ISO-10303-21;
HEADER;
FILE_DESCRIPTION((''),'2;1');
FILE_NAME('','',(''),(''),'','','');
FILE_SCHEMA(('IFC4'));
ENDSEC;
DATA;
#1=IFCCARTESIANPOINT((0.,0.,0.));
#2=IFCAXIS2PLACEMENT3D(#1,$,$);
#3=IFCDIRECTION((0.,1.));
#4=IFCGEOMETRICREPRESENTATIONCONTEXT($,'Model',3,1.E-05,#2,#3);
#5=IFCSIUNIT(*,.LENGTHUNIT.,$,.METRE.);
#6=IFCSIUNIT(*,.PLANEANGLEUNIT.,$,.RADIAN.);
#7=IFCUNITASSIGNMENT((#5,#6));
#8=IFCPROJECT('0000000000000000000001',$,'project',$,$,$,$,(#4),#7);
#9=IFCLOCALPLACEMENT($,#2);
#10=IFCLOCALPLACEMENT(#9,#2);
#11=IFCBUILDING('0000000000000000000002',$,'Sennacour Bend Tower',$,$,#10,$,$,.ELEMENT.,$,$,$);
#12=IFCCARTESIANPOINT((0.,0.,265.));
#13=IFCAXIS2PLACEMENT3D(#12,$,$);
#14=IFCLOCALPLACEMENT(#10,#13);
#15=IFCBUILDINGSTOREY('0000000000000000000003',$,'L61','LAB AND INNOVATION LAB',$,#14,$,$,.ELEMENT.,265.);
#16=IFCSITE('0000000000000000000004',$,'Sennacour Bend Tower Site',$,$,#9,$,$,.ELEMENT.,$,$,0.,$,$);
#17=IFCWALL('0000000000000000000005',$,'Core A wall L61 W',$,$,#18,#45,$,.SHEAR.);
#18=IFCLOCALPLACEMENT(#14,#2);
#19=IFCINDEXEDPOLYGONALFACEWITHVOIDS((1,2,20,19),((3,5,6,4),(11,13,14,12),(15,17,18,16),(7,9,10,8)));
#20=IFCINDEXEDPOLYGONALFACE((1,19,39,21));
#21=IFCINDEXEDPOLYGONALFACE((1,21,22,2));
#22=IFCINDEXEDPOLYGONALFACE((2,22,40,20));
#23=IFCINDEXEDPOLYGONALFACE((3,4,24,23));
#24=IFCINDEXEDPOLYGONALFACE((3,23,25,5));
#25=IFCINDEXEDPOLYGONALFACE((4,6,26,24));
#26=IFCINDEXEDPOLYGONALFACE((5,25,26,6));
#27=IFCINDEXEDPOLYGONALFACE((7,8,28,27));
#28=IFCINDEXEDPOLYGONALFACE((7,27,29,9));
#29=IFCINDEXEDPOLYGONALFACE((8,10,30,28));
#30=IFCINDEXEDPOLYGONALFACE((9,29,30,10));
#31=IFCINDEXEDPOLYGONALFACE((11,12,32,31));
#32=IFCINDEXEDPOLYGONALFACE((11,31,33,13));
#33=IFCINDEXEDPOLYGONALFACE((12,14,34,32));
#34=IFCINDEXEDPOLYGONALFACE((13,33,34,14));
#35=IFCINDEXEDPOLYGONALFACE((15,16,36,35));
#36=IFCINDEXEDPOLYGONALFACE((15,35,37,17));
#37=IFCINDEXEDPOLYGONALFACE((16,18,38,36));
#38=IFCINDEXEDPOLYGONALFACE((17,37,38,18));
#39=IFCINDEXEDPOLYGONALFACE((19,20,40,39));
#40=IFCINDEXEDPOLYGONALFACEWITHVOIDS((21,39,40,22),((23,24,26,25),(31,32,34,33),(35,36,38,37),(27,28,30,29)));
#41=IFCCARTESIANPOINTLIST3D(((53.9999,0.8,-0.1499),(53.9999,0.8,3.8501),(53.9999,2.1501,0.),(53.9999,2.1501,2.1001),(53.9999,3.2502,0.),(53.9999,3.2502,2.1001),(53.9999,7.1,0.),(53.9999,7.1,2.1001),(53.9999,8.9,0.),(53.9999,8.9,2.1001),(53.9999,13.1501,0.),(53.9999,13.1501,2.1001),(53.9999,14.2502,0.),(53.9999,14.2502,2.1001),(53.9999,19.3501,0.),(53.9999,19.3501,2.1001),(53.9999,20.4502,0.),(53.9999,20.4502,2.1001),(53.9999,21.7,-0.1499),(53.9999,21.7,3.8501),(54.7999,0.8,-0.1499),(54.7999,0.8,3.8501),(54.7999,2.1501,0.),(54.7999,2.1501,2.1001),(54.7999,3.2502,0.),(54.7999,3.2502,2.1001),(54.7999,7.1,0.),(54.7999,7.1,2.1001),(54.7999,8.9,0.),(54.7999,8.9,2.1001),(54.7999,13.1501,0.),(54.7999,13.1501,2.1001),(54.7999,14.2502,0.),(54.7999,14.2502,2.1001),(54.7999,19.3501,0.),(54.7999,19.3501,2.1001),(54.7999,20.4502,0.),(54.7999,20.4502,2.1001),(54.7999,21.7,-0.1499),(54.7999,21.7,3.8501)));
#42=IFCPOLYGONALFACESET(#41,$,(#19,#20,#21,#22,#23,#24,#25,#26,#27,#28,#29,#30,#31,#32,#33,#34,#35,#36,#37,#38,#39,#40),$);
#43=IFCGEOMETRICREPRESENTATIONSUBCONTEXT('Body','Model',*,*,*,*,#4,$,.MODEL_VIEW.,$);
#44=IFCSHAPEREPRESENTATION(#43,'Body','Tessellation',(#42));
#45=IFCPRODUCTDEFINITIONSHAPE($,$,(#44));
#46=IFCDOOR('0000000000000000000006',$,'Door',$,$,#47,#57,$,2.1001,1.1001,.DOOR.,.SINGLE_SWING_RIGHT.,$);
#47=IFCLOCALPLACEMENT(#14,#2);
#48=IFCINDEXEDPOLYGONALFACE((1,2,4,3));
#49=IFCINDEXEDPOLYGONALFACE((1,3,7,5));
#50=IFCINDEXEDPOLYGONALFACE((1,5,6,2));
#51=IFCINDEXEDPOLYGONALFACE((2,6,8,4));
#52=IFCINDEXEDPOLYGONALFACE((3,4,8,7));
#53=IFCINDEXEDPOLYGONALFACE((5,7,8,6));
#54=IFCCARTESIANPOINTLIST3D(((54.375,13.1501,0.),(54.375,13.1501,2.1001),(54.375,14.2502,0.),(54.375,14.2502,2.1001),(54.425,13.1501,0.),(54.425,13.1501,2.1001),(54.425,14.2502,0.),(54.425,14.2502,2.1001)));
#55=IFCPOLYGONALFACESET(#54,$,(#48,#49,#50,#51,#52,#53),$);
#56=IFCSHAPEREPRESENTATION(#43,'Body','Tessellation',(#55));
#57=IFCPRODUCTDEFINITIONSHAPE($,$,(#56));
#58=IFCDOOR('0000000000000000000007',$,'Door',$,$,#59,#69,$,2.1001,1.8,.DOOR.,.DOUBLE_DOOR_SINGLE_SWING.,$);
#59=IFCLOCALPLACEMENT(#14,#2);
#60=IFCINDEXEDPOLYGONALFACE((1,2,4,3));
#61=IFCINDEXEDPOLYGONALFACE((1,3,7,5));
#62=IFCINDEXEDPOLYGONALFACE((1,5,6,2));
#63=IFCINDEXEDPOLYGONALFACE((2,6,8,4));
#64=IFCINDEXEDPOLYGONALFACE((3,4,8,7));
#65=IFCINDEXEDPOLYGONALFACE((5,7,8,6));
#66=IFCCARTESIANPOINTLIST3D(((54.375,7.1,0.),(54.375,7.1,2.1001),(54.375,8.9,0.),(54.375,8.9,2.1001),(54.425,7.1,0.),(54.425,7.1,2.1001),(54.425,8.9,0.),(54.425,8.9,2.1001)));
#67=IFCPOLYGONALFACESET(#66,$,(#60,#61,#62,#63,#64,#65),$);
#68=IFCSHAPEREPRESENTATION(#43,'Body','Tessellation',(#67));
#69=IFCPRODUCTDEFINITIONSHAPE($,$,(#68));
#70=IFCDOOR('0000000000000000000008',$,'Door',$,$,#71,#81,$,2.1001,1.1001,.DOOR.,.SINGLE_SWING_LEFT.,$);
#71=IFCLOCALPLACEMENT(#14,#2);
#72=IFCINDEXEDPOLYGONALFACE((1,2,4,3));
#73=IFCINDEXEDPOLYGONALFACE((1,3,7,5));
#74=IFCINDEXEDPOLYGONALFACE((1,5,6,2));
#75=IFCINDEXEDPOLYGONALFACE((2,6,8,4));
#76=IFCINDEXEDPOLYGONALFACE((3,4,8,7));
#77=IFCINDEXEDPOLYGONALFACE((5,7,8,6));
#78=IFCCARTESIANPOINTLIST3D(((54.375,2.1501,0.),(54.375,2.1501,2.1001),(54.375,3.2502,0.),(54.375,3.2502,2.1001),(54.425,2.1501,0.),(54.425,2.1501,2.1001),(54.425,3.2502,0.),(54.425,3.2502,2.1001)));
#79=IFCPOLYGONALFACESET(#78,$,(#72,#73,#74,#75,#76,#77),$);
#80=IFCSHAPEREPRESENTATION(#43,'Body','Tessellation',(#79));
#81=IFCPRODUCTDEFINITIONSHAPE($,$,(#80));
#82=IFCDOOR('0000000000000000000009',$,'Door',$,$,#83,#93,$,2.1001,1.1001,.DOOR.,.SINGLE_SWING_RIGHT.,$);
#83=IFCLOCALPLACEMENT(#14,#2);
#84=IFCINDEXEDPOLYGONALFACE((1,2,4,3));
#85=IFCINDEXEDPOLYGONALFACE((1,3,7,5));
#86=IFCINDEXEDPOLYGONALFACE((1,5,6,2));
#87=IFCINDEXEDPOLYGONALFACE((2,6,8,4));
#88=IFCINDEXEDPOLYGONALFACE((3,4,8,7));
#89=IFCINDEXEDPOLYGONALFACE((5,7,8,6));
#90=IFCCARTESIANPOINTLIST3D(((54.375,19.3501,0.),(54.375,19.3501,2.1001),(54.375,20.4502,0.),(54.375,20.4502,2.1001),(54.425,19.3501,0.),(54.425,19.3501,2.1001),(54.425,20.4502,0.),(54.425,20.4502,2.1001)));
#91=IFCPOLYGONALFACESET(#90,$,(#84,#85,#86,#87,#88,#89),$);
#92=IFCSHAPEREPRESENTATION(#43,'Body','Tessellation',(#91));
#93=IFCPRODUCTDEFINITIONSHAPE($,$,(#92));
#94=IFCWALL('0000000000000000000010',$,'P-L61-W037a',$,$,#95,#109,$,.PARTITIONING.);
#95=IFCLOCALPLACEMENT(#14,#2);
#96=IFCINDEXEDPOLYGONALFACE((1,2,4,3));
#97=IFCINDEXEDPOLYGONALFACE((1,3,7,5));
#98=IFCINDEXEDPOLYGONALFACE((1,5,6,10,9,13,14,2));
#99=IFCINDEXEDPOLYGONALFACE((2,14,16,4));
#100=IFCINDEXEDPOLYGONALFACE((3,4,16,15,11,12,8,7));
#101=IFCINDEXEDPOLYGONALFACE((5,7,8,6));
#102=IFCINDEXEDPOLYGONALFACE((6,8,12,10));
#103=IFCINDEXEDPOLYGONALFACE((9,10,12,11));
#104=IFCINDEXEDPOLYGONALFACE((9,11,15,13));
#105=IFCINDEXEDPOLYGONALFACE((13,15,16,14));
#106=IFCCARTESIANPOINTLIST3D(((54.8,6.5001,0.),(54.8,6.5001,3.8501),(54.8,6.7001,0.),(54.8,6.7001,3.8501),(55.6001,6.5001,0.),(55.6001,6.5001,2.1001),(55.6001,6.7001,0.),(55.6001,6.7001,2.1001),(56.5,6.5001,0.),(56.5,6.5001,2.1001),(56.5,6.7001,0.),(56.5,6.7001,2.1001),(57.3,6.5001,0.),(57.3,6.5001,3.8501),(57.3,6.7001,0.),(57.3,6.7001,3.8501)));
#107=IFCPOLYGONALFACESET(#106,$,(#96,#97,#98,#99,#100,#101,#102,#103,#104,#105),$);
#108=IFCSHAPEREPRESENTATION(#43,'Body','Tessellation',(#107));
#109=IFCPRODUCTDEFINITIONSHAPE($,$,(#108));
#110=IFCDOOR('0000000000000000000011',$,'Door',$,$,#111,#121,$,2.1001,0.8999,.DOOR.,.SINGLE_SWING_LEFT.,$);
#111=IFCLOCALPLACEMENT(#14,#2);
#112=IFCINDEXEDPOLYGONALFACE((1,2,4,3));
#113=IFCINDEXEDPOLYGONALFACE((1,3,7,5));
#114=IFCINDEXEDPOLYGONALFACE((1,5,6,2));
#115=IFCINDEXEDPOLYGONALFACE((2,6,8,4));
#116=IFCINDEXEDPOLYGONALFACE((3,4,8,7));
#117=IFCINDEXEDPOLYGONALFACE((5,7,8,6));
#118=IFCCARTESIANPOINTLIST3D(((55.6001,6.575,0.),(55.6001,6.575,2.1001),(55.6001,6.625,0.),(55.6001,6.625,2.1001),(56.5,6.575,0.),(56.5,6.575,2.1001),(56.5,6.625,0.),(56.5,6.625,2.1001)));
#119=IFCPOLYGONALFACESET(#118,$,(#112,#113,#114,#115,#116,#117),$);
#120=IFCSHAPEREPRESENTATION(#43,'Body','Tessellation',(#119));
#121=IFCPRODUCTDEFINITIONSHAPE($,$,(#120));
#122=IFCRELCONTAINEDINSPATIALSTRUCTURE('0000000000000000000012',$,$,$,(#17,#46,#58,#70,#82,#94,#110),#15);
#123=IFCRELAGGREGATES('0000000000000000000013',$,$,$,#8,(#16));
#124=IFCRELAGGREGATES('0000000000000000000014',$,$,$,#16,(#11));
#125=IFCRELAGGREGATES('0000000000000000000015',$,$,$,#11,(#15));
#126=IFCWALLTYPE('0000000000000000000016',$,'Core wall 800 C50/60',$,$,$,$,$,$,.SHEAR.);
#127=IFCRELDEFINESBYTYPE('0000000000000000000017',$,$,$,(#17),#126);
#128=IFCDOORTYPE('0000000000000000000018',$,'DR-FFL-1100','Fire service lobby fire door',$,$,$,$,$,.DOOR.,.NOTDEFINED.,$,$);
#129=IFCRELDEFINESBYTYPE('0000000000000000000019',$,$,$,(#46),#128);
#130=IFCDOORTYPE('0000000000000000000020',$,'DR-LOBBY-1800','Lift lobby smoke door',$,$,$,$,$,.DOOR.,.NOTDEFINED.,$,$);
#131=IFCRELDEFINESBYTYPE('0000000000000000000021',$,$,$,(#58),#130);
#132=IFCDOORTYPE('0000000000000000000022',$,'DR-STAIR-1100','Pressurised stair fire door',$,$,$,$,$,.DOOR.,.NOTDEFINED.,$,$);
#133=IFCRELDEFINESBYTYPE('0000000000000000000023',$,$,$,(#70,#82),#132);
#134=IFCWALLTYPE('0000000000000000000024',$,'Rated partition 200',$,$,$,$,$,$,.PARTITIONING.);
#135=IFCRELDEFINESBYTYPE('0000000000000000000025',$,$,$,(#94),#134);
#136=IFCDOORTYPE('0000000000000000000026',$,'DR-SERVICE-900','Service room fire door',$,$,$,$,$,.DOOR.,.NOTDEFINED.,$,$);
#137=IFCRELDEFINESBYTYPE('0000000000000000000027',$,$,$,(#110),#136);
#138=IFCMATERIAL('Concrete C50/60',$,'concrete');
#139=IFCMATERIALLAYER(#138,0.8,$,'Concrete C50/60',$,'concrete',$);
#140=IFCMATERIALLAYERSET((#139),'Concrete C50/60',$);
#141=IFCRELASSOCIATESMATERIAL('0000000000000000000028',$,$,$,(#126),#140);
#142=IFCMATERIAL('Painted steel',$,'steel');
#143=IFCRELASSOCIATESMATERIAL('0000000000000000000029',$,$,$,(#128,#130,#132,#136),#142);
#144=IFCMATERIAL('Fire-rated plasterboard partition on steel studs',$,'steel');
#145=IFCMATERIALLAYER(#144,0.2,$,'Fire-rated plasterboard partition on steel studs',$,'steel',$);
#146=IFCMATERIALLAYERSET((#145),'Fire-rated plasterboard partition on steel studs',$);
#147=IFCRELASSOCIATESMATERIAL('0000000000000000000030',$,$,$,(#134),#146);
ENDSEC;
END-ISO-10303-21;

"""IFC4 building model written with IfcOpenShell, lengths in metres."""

from ifc_helpers import new_model, si_unit, direction, frame, frame_2d, origin, place, context, subcontext, project, spatial, rectangle, extrude, material, layer, layer_set, type_object, element, fill, save


model = new_model("IFC4")

# Units and contexts
model_context = context("Model", 3, precision=1e-05, world=origin(), true_north=direction((0.0, 1.0)))
body_context = subcontext(model_context, "Body", "Model", "MODEL_VIEW")
ifc_project = project(units=[si_unit("LENGTHUNIT", "METRE"), si_unit("PLANEANGLEUNIT", "RADIAN")], contexts=[model_context])

# Site, building, storey
site_placement = place(None, origin())
site = spatial("IfcSite", under=ifc_project, at=site_placement, Name="Sennacour Bend Tower Site", CompositionType="ELEMENT", RefElevation=0.0)
building_placement = place(site_placement, origin())
building = spatial("IfcBuilding", under=site, at=building_placement, Name="Sennacour Bend Tower", CompositionType="ELEMENT")
storey_placement = place(building_placement, frame((0.0, 0.0, 265.0)))
storey = spatial("IfcBuildingStorey", under=building, at=storey_placement, Name="L61", Description="LAB AND INNOVATION LAB", CompositionType="ELEMENT", Elevation=265.0)

# Wall, openings, doors
ifc_material_1 = material(Name="Concrete C50/60", Category="concrete")
ifc_layer_1 = layer(ifc_material_1, 0.8, Name="Concrete C50/60", Category="concrete")
ifc_layer_set_1 = layer_set([ifc_layer_1], Name="Concrete C50/60")
wall_type_1 = type_object("IfcWallType", Name="Core wall 800 C50/60", PredefinedType="SHEAR", material=ifc_layer_set_1)
wall_1_placement = place(storey_placement, frame((54.3999, 0.8, -0.1499), z_axis=(0.0, 0.0, 1.0), x_axis=(0.0, 1.0, 0.0)))
wall_1 = element("IfcWall", 1, at=wall_1_placement, inside=storey, type_object=wall_type_1, Name="Core A wall L61 W", PredefinedType="SHEAR", context=body_context, shape_type="SweptSolid", body=[
    extrude(rectangle(XDim=20.8999, YDim=0.8, at=frame_2d((10.45, 0.0))), origin(), (0.0, 0.0, 1.0), 4.0),
])
opening_1_placement = place(wall_1_placement, frame((6.3, 0.0, 0.1499)))
opening_1 = element("IfcOpeningElement", 2, at=opening_1_placement, cuts=wall_1, PredefinedType="OPENING", context=body_context, shape_type="SweptSolid", body=[
    extrude(rectangle(XDim=1.8, YDim=2.1001, at=frame_2d((0.8999, 1.05))), frame((0.0, 0.4102, 0.0), z_axis=(0.0, -1.0, 0.0), x_axis=(1.0, 0.0, 0.0)), (0.0, 0.0, 1.0), 0.8201),
])
opening_2_placement = place(wall_1_placement, frame((12.3501, 0.0, 0.1499)))
opening_2 = element("IfcOpeningElement", 3, at=opening_2_placement, cuts=wall_1, PredefinedType="OPENING", context=body_context, shape_type="SweptSolid", body=[
    extrude(rectangle(XDim=1.1001, YDim=2.1001, at=frame_2d((0.55, 1.05))), frame((0.0, 0.4102, 0.0), z_axis=(0.0, -1.0, 0.0), x_axis=(1.0, 0.0, 0.0)), (0.0, 0.0, 1.0), 0.8201),
])
opening_3_placement = place(wall_1_placement, frame((1.3501, 0.0, 0.1499)))
opening_3 = element("IfcOpeningElement", 4, at=opening_3_placement, cuts=wall_1, PredefinedType="OPENING", context=body_context, shape_type="SweptSolid", body=[
    extrude(rectangle(XDim=1.1001, YDim=2.1001, at=frame_2d((0.55, 1.05))), frame((0.0, 0.4102, 0.0), z_axis=(0.0, -1.0, 0.0), x_axis=(1.0, 0.0, 0.0)), (0.0, 0.0, 1.0), 0.8201),
])
opening_4_placement = place(wall_1_placement, frame((18.55, 0.0, 0.1499)))
opening_4 = element("IfcOpeningElement", 5, at=opening_4_placement, cuts=wall_1, PredefinedType="OPENING", context=body_context, shape_type="SweptSolid", body=[
    extrude(rectangle(XDim=1.1001, YDim=2.1001, at=frame_2d((0.55, 1.05))), frame((0.0, 0.4102, 0.0), z_axis=(0.0, -1.0, 0.0), x_axis=(1.0, 0.0, 0.0)), (0.0, 0.0, 1.0), 0.8201),
])
ifc_material_2 = material(Name="Painted steel", Category="steel")
door_type_1 = type_object("IfcDoorType", Name="DR-FFL-1100", Description="Fire service lobby fire door", OperationType="NOTDEFINED", PredefinedType="DOOR", material=ifc_material_2)
door_1_placement = place(opening_2_placement, origin())
door_1 = element("IfcDoor", 6, at=door_1_placement, inside=storey, type_object=door_type_1, Name="Door", OperationType="SINGLE_SWING_RIGHT", OverallHeight=2.1001, OverallWidth=1.1001, PredefinedType="DOOR", context=body_context, shape_type="SweptSolid", body=[
    extrude(rectangle(XDim=1.1001, YDim=2.1001, at=frame_2d((0.55, 1.05))), frame((0.0, 0.0249, 0.0), z_axis=(0.0, -1.0, 0.0), x_axis=(1.0, 0.0, 0.0)), (0.0, 0.0, 1.0), 0.05),
])
fill(opening_2, door_1)
door_type_2 = type_object("IfcDoorType", Name="DR-LOBBY-1800", Description="Lift lobby smoke door", OperationType="NOTDEFINED", PredefinedType="DOOR", material=ifc_material_2)
door_2_placement = place(opening_1_placement, origin())
door_2 = element("IfcDoor", 7, at=door_2_placement, inside=storey, type_object=door_type_2, Name="Door", OperationType="DOUBLE_DOOR_SINGLE_SWING", OverallHeight=2.1001, OverallWidth=1.8, PredefinedType="DOOR", context=body_context, shape_type="SweptSolid", body=[
    extrude(rectangle(XDim=1.8, YDim=2.1001, at=frame_2d((0.8999, 1.05))), frame((0.0, 0.0249, 0.0), z_axis=(0.0, -1.0, 0.0), x_axis=(1.0, 0.0, 0.0)), (0.0, 0.0, 1.0), 0.05),
])
fill(opening_1, door_2)
door_type_3 = type_object("IfcDoorType", Name="DR-STAIR-1100", Description="Pressurised stair fire door", OperationType="NOTDEFINED", PredefinedType="DOOR", material=ifc_material_2)
door_3_placement = place(opening_3_placement, origin())
door_3 = element("IfcDoor", 8, at=door_3_placement, inside=storey, type_object=door_type_3, Name="Door", OperationType="SINGLE_SWING_LEFT", OverallHeight=2.1001, OverallWidth=1.1001, PredefinedType="DOOR", context=body_context, shape_type="SweptSolid", body=[
    extrude(rectangle(XDim=1.1001, YDim=2.1001, at=frame_2d((0.55, 1.05))), frame((0.0, 0.0249, 0.0), z_axis=(0.0, -1.0, 0.0), x_axis=(1.0, 0.0, 0.0)), (0.0, 0.0, 1.0), 0.05),
])
fill(opening_3, door_3)
door_4_placement = place(opening_4_placement, origin())
door_4 = element("IfcDoor", 9, at=door_4_placement, inside=storey, type_object=door_type_3, Name="Door", OperationType="SINGLE_SWING_RIGHT", OverallHeight=2.1001, OverallWidth=1.1001, PredefinedType="DOOR", context=body_context, shape_type="SweptSolid", body=[
    extrude(rectangle(XDim=1.1001, YDim=2.1001, at=frame_2d((0.55, 1.05))), frame((0.0, 0.0249, 0.0), z_axis=(0.0, -1.0, 0.0), x_axis=(1.0, 0.0, 0.0)), (0.0, 0.0, 1.0), 0.05),
])
fill(opening_4, door_4)

# Wall, opening, door
ifc_material_3 = material(Name="Fire-rated plasterboard partition on steel studs", Category="steel")
ifc_layer_2 = layer(ifc_material_3, 0.2, Name="Fire-rated plasterboard partition on steel studs", Category="steel")
ifc_layer_set_2 = layer_set([ifc_layer_2], Name="Fire-rated plasterboard partition on steel studs")
wall_type_2 = type_object("IfcWallType", Name="Rated partition 200", PredefinedType="PARTITIONING", material=ifc_layer_set_2)
wall_2_placement = place(storey_placement, frame((54.8, 6.6001, 0.0), z_axis=(0.0, 0.0, 1.0), x_axis=(1.0, 0.0, 0.0)))
wall_2 = element("IfcWall", 10, at=wall_2_placement, inside=storey, type_object=wall_type_2, Name="P-L61-W037a", PredefinedType="PARTITIONING", context=body_context, shape_type="SweptSolid", body=[
    extrude(rectangle(XDim=2.5, YDim=0.2, at=frame_2d((1.25, 0.0))), origin(), (0.0, 0.0, 1.0), 3.8501),
])
opening_5_placement = place(wall_2_placement, frame((0.8, 0.0, 0.0)))
opening_5 = element("IfcOpeningElement", 11, at=opening_5_placement, cuts=wall_2, PredefinedType="OPENING", context=body_context, shape_type="SweptSolid", body=[
    extrude(rectangle(XDim=0.8999, YDim=2.1001, at=frame_2d((0.45, 1.05))), frame((0.0, 0.1099, 0.0), z_axis=(0.0, -1.0, 0.0), x_axis=(1.0, 0.0, 0.0)), (0.0, 0.0, 1.0), 0.22),
])
door_type_4 = type_object("IfcDoorType", Name="DR-SERVICE-900", Description="Service room fire door", OperationType="NOTDEFINED", PredefinedType="DOOR", material=ifc_material_2)
door_5_placement = place(opening_5_placement, origin())
door_5 = element("IfcDoor", 12, at=door_5_placement, inside=storey, type_object=door_type_4, Name="Door", OperationType="SINGLE_SWING_LEFT", OverallHeight=2.1001, OverallWidth=0.8999, PredefinedType="DOOR", context=body_context, shape_type="SweptSolid", body=[
    extrude(rectangle(XDim=0.8999, YDim=2.1001, at=frame_2d((0.45, 1.05))), frame((0.0, 0.0249, 0.0), z_axis=(0.0, -1.0, 0.0), x_axis=(1.0, 0.0, 0.0)), (0.0, 0.0, 1.0), 0.05),
])
fill(opening_5, door_5)

save(model, "model.ifc")
